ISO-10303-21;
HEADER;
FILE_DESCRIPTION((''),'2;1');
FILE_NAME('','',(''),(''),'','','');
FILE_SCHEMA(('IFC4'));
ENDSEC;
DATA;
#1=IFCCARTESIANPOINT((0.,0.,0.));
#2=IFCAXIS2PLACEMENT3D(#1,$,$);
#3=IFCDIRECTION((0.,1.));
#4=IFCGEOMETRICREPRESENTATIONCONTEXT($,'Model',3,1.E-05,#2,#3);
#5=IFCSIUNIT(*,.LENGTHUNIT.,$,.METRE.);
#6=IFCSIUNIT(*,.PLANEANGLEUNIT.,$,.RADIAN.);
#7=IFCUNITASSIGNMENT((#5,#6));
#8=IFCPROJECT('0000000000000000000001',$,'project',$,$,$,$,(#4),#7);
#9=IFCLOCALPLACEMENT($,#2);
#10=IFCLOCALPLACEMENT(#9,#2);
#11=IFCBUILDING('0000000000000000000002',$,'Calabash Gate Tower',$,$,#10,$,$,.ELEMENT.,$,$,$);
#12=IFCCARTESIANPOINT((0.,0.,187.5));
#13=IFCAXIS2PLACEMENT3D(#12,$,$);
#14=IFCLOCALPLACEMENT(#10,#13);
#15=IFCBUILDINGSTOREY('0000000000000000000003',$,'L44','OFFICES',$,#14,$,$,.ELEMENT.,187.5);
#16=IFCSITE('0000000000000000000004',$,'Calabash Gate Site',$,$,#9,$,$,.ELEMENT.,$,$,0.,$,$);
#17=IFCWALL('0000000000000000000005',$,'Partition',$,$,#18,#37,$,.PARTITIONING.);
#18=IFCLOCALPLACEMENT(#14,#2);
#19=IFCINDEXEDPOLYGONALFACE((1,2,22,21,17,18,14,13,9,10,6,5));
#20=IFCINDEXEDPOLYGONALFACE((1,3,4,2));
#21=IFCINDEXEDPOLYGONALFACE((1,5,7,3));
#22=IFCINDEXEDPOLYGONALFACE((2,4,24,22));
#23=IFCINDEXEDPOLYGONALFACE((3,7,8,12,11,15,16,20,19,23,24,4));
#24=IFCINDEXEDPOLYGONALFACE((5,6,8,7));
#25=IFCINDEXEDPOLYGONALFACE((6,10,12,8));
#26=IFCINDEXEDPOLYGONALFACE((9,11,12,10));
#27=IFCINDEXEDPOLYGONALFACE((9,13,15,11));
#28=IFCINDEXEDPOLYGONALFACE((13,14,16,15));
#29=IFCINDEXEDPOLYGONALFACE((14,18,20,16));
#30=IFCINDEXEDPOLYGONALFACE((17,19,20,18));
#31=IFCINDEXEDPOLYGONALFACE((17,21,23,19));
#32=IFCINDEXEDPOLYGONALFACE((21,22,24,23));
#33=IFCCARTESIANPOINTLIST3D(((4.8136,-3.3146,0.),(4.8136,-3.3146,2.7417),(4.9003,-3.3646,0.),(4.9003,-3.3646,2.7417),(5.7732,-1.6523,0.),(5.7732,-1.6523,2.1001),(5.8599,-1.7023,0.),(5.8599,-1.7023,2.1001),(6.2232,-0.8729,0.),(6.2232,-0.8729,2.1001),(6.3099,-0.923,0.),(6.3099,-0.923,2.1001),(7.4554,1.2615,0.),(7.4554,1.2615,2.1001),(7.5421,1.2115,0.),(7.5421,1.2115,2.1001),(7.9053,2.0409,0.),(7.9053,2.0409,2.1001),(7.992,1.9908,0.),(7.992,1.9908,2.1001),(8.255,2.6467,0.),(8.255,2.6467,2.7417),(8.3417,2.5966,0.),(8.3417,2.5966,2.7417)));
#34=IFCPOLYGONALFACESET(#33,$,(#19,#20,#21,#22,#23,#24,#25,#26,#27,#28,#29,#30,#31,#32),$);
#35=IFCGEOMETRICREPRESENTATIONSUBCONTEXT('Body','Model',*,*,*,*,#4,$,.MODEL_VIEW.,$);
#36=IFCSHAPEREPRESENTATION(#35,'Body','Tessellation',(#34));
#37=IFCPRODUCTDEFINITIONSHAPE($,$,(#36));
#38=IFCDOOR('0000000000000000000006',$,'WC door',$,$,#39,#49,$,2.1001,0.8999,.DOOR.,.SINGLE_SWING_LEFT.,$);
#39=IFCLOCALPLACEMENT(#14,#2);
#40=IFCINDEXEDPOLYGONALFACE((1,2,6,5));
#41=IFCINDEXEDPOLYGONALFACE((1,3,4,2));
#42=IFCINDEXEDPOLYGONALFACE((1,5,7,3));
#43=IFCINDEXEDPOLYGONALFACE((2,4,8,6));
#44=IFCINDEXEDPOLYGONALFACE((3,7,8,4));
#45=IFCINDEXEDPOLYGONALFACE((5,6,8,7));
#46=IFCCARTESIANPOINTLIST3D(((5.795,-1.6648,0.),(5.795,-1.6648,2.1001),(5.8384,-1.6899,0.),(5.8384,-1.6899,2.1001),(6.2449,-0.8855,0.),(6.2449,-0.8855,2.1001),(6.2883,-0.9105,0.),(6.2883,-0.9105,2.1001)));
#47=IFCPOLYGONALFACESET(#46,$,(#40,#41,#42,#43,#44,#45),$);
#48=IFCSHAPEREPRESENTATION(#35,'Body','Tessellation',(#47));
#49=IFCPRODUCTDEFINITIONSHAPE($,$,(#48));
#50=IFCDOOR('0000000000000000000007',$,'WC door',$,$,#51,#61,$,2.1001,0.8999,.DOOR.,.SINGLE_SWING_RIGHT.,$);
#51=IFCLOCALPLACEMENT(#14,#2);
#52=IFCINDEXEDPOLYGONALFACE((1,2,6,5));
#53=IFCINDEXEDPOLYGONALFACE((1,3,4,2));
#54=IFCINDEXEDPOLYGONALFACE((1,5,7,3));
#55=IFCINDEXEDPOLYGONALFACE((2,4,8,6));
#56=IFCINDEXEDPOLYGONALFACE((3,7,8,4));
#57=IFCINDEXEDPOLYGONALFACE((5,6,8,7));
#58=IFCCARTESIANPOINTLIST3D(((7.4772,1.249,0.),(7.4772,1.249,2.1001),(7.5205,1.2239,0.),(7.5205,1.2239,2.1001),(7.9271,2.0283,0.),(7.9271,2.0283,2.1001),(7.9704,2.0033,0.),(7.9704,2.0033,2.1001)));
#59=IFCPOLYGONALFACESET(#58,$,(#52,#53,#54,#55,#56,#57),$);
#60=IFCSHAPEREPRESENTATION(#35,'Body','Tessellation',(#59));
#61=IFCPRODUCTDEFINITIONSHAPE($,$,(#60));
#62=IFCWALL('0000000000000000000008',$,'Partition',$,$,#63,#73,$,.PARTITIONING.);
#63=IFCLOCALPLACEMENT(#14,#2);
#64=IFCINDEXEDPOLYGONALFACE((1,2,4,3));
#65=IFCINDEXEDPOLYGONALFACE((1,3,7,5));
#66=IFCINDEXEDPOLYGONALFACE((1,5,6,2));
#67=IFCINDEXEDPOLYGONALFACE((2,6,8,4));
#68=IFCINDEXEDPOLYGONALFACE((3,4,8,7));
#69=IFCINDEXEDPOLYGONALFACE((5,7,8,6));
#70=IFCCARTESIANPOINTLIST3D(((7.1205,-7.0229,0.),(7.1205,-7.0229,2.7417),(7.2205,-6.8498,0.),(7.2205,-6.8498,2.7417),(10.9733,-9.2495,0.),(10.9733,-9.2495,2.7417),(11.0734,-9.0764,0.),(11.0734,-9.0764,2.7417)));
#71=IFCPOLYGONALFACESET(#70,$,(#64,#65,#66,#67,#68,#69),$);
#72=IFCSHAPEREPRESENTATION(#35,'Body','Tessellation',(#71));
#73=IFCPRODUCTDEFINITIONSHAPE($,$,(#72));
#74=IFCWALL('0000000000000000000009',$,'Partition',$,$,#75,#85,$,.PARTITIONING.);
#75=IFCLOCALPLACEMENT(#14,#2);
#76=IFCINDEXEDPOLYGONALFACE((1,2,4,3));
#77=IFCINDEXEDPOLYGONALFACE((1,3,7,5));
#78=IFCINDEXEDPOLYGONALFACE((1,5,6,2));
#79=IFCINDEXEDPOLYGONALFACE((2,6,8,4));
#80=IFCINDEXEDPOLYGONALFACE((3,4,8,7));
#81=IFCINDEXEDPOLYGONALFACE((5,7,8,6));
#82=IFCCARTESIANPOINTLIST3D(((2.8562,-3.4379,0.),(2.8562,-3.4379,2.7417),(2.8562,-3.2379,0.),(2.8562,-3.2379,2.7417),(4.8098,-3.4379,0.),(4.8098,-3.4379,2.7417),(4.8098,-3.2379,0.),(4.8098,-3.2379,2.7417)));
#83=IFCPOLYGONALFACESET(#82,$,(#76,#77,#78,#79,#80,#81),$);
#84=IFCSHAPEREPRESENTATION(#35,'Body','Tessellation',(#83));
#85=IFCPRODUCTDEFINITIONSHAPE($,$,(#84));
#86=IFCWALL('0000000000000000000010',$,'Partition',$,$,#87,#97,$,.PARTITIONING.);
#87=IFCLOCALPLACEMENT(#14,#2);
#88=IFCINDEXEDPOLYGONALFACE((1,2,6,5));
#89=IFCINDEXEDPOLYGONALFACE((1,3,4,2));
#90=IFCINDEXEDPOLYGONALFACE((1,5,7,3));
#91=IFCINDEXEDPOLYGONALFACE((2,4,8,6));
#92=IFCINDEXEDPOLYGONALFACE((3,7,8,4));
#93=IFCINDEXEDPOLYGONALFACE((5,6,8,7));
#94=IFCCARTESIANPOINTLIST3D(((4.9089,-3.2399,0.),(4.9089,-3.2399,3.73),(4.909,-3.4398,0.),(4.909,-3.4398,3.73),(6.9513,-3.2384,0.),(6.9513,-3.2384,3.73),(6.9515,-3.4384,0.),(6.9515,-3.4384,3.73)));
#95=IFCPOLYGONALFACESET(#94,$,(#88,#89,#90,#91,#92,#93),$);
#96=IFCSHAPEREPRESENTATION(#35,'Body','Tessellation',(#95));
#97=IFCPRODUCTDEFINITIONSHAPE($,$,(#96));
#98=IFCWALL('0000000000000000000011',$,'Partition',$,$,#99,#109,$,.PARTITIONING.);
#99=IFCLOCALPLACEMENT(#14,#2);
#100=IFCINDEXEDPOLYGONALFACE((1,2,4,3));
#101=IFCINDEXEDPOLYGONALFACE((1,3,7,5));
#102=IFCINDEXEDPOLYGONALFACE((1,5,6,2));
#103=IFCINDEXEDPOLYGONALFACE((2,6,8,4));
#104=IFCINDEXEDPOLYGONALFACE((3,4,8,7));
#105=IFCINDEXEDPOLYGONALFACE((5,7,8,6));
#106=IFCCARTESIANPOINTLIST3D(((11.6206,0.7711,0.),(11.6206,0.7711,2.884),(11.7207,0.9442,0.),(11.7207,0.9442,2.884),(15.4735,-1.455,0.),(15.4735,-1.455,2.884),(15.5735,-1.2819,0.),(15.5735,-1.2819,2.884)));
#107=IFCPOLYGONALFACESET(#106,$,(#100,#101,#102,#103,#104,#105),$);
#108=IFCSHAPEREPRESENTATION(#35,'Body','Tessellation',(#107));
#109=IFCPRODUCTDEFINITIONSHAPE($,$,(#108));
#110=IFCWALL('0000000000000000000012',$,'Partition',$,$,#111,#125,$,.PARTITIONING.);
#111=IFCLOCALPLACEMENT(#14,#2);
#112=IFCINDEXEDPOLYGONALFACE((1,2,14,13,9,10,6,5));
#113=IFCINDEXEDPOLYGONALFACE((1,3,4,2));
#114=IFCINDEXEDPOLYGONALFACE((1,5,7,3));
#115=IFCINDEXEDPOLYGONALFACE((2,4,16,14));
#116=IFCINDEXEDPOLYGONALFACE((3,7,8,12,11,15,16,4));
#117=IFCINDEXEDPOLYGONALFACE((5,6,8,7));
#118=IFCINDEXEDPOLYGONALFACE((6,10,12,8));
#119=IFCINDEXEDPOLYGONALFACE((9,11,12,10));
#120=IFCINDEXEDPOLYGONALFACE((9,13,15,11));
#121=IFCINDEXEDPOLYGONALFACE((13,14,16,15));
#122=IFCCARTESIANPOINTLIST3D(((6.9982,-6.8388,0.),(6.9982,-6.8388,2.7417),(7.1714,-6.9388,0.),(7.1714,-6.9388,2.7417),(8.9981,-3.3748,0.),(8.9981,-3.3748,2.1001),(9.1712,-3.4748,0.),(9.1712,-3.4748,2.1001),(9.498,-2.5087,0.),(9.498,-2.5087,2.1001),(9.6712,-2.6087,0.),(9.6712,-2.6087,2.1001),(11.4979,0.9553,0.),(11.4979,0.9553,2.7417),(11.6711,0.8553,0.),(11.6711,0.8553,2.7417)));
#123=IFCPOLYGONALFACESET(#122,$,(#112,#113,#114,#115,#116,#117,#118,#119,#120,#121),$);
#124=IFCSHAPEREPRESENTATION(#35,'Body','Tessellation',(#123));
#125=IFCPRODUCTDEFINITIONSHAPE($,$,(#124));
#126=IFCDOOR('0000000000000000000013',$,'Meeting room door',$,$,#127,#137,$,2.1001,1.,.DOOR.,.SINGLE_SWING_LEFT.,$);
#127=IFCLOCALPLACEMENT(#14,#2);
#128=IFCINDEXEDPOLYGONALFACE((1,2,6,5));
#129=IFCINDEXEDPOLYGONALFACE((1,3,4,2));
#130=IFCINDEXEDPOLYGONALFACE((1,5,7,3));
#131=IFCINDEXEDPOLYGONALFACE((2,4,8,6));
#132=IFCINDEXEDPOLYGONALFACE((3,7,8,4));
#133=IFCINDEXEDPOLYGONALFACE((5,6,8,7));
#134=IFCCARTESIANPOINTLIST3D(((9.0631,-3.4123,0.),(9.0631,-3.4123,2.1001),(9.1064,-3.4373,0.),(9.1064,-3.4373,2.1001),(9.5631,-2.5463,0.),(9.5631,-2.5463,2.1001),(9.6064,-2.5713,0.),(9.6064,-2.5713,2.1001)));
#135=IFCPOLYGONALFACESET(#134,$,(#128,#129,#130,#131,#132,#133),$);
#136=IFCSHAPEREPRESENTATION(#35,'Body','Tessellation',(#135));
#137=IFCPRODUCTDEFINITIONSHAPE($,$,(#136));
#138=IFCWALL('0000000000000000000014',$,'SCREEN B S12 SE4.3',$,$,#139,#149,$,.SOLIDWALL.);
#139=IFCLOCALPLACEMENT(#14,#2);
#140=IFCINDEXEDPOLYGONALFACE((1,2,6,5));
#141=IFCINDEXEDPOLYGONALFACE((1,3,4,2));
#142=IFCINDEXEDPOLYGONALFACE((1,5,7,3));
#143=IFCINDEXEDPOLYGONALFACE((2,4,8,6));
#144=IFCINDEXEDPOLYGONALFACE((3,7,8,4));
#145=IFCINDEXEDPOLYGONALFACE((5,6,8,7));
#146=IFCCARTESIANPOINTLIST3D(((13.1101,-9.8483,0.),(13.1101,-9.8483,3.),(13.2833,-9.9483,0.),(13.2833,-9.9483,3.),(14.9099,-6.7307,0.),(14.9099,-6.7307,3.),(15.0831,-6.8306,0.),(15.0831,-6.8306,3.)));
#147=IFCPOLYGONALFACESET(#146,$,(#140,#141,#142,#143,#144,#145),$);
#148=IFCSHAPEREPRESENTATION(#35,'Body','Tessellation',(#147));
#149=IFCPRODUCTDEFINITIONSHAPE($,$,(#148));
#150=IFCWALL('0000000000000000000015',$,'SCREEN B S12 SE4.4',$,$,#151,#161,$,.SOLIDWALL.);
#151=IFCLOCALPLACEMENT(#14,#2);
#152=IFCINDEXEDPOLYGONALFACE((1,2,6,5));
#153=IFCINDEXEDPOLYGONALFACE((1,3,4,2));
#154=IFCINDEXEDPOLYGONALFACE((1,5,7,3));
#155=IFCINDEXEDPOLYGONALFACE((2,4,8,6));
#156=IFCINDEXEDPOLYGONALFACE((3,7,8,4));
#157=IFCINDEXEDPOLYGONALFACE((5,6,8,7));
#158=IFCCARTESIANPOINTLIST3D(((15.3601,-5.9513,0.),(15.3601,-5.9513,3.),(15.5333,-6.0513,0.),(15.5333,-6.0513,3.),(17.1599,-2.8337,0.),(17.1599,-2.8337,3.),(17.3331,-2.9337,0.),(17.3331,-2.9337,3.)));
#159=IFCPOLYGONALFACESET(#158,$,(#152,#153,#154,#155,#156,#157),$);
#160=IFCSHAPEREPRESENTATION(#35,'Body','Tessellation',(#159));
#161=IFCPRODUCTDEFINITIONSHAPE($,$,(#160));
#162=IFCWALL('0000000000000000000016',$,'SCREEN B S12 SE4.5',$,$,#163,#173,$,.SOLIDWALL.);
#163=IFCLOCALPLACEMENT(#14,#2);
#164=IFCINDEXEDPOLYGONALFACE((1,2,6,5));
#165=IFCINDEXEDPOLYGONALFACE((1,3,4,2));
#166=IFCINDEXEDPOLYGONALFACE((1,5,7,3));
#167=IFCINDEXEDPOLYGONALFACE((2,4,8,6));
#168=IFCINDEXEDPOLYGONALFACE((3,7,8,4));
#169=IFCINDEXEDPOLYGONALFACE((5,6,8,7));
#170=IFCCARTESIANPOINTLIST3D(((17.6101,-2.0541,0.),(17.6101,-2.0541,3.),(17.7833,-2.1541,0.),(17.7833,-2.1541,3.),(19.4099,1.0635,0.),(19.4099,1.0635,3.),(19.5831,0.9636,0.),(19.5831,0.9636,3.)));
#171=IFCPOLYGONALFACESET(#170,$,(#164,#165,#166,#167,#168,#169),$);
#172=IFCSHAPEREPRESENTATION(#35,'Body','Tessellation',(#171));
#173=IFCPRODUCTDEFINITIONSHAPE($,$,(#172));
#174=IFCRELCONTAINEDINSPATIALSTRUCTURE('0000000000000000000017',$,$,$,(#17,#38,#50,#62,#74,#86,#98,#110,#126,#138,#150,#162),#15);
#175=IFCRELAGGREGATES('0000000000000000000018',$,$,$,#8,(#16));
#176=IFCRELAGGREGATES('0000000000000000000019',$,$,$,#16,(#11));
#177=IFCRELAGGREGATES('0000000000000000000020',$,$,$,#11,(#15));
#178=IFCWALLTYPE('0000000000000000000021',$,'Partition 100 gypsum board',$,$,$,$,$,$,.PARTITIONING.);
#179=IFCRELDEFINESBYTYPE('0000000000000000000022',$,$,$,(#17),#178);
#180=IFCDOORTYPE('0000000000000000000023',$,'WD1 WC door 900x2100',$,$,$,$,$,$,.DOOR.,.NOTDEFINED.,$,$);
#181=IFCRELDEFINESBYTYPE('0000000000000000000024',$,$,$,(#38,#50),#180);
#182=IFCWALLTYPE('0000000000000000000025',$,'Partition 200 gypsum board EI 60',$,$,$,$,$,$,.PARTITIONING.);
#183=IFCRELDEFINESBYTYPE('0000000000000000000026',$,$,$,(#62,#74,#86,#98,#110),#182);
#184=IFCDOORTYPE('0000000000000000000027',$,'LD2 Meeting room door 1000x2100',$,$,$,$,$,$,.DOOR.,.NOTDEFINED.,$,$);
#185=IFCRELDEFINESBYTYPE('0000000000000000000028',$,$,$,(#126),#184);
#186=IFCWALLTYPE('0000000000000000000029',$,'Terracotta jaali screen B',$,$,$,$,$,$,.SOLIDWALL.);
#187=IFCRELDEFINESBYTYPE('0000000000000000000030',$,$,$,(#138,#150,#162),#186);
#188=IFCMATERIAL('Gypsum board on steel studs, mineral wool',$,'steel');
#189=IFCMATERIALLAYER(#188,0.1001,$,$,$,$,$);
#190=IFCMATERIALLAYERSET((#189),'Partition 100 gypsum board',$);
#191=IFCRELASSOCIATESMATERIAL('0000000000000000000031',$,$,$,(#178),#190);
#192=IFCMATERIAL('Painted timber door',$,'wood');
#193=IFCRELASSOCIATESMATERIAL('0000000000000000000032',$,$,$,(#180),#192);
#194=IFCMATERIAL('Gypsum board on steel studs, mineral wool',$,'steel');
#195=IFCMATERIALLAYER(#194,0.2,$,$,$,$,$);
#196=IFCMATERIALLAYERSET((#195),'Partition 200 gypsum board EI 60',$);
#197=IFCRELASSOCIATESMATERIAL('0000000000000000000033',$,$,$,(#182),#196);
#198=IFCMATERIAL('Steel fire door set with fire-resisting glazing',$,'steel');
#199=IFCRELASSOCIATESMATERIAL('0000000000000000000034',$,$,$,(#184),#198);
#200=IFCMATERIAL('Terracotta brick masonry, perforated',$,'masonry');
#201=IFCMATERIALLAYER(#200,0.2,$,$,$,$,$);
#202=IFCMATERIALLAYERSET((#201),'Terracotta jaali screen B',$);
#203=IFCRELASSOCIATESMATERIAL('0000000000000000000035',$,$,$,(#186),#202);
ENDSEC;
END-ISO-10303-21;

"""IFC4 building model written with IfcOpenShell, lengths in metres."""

from ifc_helpers import new_model, si_unit, direction, frame, frame_2d, origin, place, context, subcontext, project, spatial, rectangle, extrude, material, layer, layer_set, type_object, element, fill, save


model = new_model("IFC4")

# Units and contexts
model_context = context("Model", 3, precision=1e-05, world=origin(), true_north=direction((0.0, 1.0)))
body_context = subcontext(model_context, "Body", "Model", "MODEL_VIEW")
ifc_project = project(units=[si_unit("LENGTHUNIT", "METRE"), si_unit("PLANEANGLEUNIT", "RADIAN")], contexts=[model_context])

# Site, building, storey
site_placement = place(None, origin())
site = spatial("IfcSite", under=ifc_project, at=site_placement, Name="Calabash Gate Site", CompositionType="ELEMENT", RefElevation=0.0)
building_placement = place(site_placement, origin())
building = spatial("IfcBuilding", under=site, at=building_placement, Name="Calabash Gate Tower", CompositionType="ELEMENT")
storey_placement = place(building_placement, frame((0.0, 0.0, 187.5)))
storey = spatial("IfcBuildingStorey", under=building, at=storey_placement, Name="L44", Description="OFFICES", CompositionType="ELEMENT", Elevation=187.5)

# Wall, openings, doors
ifc_material_1 = material(Name="Gypsum board on steel studs, mineral wool", Category="steel")
ifc_layer_1 = layer(ifc_material_1, 0.1001)
ifc_layer_set_1 = layer_set([ifc_layer_1], Name="Partition 100 gypsum board")
wall_type_1 = type_object("IfcWallType", Name="Partition 100 gypsum board", PredefinedType="PARTITIONING", material=ifc_layer_set_1)
wall_1_placement = place(storey_placement, frame((4.8569, -3.3396, 0.0), z_axis=(0.0, 0.0, 1.0), x_axis=(0.499969, 0.866043, 0.0)))
wall_1 = element("IfcWall", 1, at=wall_1_placement, inside=storey, type_object=wall_type_1, Name="Partition", PredefinedType="PARTITIONING", context=body_context, shape_type="SweptSolid", body=[
    extrude(rectangle(XDim=6.8833, YDim=0.1001, at=frame_2d((3.4417, 0.0))), origin(), (0.0, 0.0, 1.0), 2.7417),
])
opening_1_placement = place(wall_1_placement, frame((1.9194, 0.0, 0.0)))
opening_1 = element("IfcOpeningElement", 2, at=opening_1_placement, cuts=wall_1, PredefinedType="OPENING", context=body_context, shape_type="SweptSolid", body=[
    extrude(rectangle(XDim=0.8999, YDim=2.1001, at=frame_2d((0.45, 1.05))), frame((0.0, 0.0601, 0.0), z_axis=(0.0, -1.0, 0.0), x_axis=(1.0, 0.0, 0.0)), (0.0, 0.0, 1.0), 0.1201),
])
opening_2_placement = place(wall_1_placement, frame((5.2839, 0.0, 0.0)))
opening_2 = element("IfcOpeningElement", 3, at=opening_2_placement, cuts=wall_1, PredefinedType="OPENING", context=body_context, shape_type="SweptSolid", body=[
    extrude(rectangle(XDim=0.8999, YDim=2.1001, at=frame_2d((0.45, 1.05))), frame((0.0, 0.0601, 0.0), z_axis=(0.0, -1.0, 0.0), x_axis=(1.0, 0.0, 0.0)), (0.0, 0.0, 1.0), 0.1201),
])
ifc_material_2 = material(Name="Painted timber door", Category="wood")
door_type_1 = type_object("IfcDoorType", Name="WD1 WC door 900x2100", OperationType="NOTDEFINED", PredefinedType="DOOR", material=ifc_material_2)
door_1_placement = place(opening_1_placement, origin())
door_1 = element("IfcDoor", 4, at=door_1_placement, inside=storey, type_object=door_type_1, Name="WC door", OperationType="SINGLE_SWING_LEFT", OverallHeight=2.1001, OverallWidth=0.8999, PredefinedType="DOOR", context=body_context, shape_type="SweptSolid", body=[
    extrude(rectangle(XDim=0.8999, YDim=2.1001, at=frame_2d((0.45, 1.05))), frame((0.0, 0.0249, 0.0), z_axis=(0.0, -1.0, 0.0), x_axis=(1.0, 0.0, 0.0)), (0.0, 0.0, 1.0), 0.05),
])
fill(opening_1, door_1)
door_2_placement = place(opening_2_placement, origin())
door_2 = element("IfcDoor", 5, at=door_2_placement, inside=storey, type_object=door_type_1, Name="WC door", OperationType="SINGLE_SWING_RIGHT", OverallHeight=2.1001, OverallWidth=0.8999, PredefinedType="DOOR", context=body_context, shape_type="SweptSolid", body=[
    extrude(rectangle(XDim=0.8999, YDim=2.1001, at=frame_2d((0.45, 1.05))), frame((0.0, 0.0249, 0.0), z_axis=(0.0, -1.0, 0.0), x_axis=(1.0, 0.0, 0.0)), (0.0, 0.0, 1.0), 0.05),
])
fill(opening_2, door_2)

# Walls
ifc_material_3 = material(Name="Gypsum board on steel studs, mineral wool", Category="steel")
ifc_layer_2 = layer(ifc_material_3, 0.2)
ifc_layer_set_2 = layer_set([ifc_layer_2], Name="Partition 200 gypsum board EI 60")
wall_type_2 = type_object("IfcWallType", Name="Partition 200 gypsum board EI 60", PredefinedType="PARTITIONING", material=ifc_layer_set_2)
wall_2_placement = place(storey_placement, frame((7.1704, -6.9363, 0.0), z_axis=(0.0, 0.0, 1.0), x_axis=(0.865815, -0.500364, 0.0)))
element("IfcWall", 6, at=wall_2_placement, inside=storey, type_object=wall_type_2, Name="Partition", PredefinedType="PARTITIONING", context=body_context, shape_type="SweptSolid", body=[
    extrude(rectangle(XDim=4.45, YDim=0.2, at=frame_2d((2.2251, 0.0))), origin(), (0.0, 0.0, 1.0), 2.7417),
])
wall_3_placement = place(storey_placement, frame((2.8562, -3.3379, 0.0), z_axis=(0.0, 0.0, 1.0), x_axis=(1.0, 0.0, 0.0)))
element("IfcWall", 7, at=wall_3_placement, inside=storey, type_object=wall_type_2, Name="Partition", PredefinedType="PARTITIONING", context=body_context, shape_type="SweptSolid", body=[
    extrude(rectangle(XDim=1.9536, YDim=0.2, at=frame_2d((0.9768, 0.0))), origin(), (0.0, 0.0, 1.0), 2.7417),
])
wall_4_placement = place(storey_placement, frame((4.9089, -3.3398, 0.0), z_axis=(0.0, 0.0, 1.0), x_axis=(1.0, 0.000717, 0.0)))
element("IfcWall", 8, at=wall_4_placement, inside=storey, type_object=wall_type_2, Name="Partition", PredefinedType="PARTITIONING", context=body_context, shape_type="SweptSolid", body=[
    extrude(rectangle(XDim=2.0425, YDim=0.2, at=frame_2d((1.0212, 0.0))), origin(), (0.0, 0.0, 1.0), 3.73),
])
wall_5_placement = place(storey_placement, frame((11.6707, 0.8577, 0.0), z_axis=(0.0, 0.0, 1.0), x_axis=(0.865863, -0.500281, 0.0)))
element("IfcWall", 9, at=wall_5_placement, inside=storey, type_object=wall_type_2, Name="Partition", PredefinedType="PARTITIONING", context=body_context, shape_type="SweptSolid", body=[
    extrude(rectangle(XDim=4.4497, YDim=0.2, at=frame_2d((2.2249, 0.0))), origin(), (0.0, 0.0, 1.0), 2.884),
])

# Wall, opening, door
wall_6_placement = place(storey_placement, frame((7.0847, -6.8889, 0.0), z_axis=(0.0, 0.0, 1.0), x_axis=(0.499982, 0.866036, 0.0)))
wall_6 = element("IfcWall", 10, at=wall_6_placement, inside=storey, type_object=wall_type_2, Name="Partition", PredefinedType="PARTITIONING", context=body_context, shape_type="SweptSolid", body=[
    extrude(rectangle(XDim=8.9998, YDim=0.2, at=frame_2d((4.5, 0.0))), origin(), (0.0, 0.0, 1.0), 2.7417),
])
opening_3_placement = place(wall_6_placement, frame((4.0, 0.0, 0.0)))
opening_3 = element("IfcOpeningElement", 11, at=opening_3_placement, cuts=wall_6, PredefinedType="OPENING", context=body_context, shape_type="SweptSolid", body=[
    extrude(rectangle(XDim=1.0, YDim=2.1001, at=frame_2d((0.5, 1.05))), frame((0.0, 0.1099, 0.0), z_axis=(0.0, -1.0, 0.0), x_axis=(1.0, 0.0, 0.0)), (0.0, 0.0, 1.0), 0.22),
])
ifc_material_4 = material(Name="Steel fire door set with fire-resisting glazing", Category="steel")
door_type_2 = type_object("IfcDoorType", Name="LD2 Meeting room door 1000x2100", OperationType="NOTDEFINED", PredefinedType="DOOR", material=ifc_material_4)
door_3_placement = place(opening_3_placement, origin())
door_3 = element("IfcDoor", 12, at=door_3_placement, inside=storey, type_object=door_type_2, Name="Meeting room door", OperationType="SINGLE_SWING_LEFT", OverallHeight=2.1001, OverallWidth=1.0, PredefinedType="DOOR", context=body_context, shape_type="SweptSolid", body=[
    extrude(rectangle(XDim=1.0, YDim=2.1001, at=frame_2d((0.5, 1.05))), frame((0.0, 0.0249, 0.0), z_axis=(0.0, -1.0, 0.0), x_axis=(1.0, 0.0, 0.0)), (0.0, 0.0, 1.0), 0.05),
])
fill(opening_3, door_3)

# Walls
ifc_material_5 = material(Name="Terracotta brick masonry, perforated", Category="masonry")
ifc_layer_3 = layer(ifc_material_5, 0.2)
ifc_layer_set_3 = layer_set([ifc_layer_3], Name="Terracotta jaali screen B")
wall_type_3 = type_object("IfcWallType", Name="Terracotta jaali screen B", PredefinedType="SOLIDWALL", material=ifc_layer_set_3)
for number, where, z_axis, x_axis, name in (
    (13, (13.1968, -9.8982, 0.0), (0.0, 0.0, 1.0), (0.499961, 0.866048, 0.0), "SCREEN B S12 SE4.3"),
    (14, (15.4468, -6.0012, 0.0), (0.0, 0.0, 1.0), (0.499961, 0.866048, 0.0), "SCREEN B S12 SE4.4"),
    (15, (17.6968, -2.104, 0.0), (0.0, 0.0, 1.0), (0.499961, 0.866048, 0.0), "SCREEN B S12 SE4.5"),
):
    element("IfcWall", number, at=place(storey_placement, frame(where, z_axis=z_axis, x_axis=x_axis)), inside=storey, type_object=wall_type_3, Name=name, PredefinedType="SOLIDWALL", context=body_context, shape_type="SweptSolid", body=[
        extrude(rectangle(XDim=3.5999, YDim=0.2, at=frame_2d((1.7998, 0.0))), origin(), (0.0, 0.0, 1.0), 3.0),
    ])

save(model, "model.ifc")
